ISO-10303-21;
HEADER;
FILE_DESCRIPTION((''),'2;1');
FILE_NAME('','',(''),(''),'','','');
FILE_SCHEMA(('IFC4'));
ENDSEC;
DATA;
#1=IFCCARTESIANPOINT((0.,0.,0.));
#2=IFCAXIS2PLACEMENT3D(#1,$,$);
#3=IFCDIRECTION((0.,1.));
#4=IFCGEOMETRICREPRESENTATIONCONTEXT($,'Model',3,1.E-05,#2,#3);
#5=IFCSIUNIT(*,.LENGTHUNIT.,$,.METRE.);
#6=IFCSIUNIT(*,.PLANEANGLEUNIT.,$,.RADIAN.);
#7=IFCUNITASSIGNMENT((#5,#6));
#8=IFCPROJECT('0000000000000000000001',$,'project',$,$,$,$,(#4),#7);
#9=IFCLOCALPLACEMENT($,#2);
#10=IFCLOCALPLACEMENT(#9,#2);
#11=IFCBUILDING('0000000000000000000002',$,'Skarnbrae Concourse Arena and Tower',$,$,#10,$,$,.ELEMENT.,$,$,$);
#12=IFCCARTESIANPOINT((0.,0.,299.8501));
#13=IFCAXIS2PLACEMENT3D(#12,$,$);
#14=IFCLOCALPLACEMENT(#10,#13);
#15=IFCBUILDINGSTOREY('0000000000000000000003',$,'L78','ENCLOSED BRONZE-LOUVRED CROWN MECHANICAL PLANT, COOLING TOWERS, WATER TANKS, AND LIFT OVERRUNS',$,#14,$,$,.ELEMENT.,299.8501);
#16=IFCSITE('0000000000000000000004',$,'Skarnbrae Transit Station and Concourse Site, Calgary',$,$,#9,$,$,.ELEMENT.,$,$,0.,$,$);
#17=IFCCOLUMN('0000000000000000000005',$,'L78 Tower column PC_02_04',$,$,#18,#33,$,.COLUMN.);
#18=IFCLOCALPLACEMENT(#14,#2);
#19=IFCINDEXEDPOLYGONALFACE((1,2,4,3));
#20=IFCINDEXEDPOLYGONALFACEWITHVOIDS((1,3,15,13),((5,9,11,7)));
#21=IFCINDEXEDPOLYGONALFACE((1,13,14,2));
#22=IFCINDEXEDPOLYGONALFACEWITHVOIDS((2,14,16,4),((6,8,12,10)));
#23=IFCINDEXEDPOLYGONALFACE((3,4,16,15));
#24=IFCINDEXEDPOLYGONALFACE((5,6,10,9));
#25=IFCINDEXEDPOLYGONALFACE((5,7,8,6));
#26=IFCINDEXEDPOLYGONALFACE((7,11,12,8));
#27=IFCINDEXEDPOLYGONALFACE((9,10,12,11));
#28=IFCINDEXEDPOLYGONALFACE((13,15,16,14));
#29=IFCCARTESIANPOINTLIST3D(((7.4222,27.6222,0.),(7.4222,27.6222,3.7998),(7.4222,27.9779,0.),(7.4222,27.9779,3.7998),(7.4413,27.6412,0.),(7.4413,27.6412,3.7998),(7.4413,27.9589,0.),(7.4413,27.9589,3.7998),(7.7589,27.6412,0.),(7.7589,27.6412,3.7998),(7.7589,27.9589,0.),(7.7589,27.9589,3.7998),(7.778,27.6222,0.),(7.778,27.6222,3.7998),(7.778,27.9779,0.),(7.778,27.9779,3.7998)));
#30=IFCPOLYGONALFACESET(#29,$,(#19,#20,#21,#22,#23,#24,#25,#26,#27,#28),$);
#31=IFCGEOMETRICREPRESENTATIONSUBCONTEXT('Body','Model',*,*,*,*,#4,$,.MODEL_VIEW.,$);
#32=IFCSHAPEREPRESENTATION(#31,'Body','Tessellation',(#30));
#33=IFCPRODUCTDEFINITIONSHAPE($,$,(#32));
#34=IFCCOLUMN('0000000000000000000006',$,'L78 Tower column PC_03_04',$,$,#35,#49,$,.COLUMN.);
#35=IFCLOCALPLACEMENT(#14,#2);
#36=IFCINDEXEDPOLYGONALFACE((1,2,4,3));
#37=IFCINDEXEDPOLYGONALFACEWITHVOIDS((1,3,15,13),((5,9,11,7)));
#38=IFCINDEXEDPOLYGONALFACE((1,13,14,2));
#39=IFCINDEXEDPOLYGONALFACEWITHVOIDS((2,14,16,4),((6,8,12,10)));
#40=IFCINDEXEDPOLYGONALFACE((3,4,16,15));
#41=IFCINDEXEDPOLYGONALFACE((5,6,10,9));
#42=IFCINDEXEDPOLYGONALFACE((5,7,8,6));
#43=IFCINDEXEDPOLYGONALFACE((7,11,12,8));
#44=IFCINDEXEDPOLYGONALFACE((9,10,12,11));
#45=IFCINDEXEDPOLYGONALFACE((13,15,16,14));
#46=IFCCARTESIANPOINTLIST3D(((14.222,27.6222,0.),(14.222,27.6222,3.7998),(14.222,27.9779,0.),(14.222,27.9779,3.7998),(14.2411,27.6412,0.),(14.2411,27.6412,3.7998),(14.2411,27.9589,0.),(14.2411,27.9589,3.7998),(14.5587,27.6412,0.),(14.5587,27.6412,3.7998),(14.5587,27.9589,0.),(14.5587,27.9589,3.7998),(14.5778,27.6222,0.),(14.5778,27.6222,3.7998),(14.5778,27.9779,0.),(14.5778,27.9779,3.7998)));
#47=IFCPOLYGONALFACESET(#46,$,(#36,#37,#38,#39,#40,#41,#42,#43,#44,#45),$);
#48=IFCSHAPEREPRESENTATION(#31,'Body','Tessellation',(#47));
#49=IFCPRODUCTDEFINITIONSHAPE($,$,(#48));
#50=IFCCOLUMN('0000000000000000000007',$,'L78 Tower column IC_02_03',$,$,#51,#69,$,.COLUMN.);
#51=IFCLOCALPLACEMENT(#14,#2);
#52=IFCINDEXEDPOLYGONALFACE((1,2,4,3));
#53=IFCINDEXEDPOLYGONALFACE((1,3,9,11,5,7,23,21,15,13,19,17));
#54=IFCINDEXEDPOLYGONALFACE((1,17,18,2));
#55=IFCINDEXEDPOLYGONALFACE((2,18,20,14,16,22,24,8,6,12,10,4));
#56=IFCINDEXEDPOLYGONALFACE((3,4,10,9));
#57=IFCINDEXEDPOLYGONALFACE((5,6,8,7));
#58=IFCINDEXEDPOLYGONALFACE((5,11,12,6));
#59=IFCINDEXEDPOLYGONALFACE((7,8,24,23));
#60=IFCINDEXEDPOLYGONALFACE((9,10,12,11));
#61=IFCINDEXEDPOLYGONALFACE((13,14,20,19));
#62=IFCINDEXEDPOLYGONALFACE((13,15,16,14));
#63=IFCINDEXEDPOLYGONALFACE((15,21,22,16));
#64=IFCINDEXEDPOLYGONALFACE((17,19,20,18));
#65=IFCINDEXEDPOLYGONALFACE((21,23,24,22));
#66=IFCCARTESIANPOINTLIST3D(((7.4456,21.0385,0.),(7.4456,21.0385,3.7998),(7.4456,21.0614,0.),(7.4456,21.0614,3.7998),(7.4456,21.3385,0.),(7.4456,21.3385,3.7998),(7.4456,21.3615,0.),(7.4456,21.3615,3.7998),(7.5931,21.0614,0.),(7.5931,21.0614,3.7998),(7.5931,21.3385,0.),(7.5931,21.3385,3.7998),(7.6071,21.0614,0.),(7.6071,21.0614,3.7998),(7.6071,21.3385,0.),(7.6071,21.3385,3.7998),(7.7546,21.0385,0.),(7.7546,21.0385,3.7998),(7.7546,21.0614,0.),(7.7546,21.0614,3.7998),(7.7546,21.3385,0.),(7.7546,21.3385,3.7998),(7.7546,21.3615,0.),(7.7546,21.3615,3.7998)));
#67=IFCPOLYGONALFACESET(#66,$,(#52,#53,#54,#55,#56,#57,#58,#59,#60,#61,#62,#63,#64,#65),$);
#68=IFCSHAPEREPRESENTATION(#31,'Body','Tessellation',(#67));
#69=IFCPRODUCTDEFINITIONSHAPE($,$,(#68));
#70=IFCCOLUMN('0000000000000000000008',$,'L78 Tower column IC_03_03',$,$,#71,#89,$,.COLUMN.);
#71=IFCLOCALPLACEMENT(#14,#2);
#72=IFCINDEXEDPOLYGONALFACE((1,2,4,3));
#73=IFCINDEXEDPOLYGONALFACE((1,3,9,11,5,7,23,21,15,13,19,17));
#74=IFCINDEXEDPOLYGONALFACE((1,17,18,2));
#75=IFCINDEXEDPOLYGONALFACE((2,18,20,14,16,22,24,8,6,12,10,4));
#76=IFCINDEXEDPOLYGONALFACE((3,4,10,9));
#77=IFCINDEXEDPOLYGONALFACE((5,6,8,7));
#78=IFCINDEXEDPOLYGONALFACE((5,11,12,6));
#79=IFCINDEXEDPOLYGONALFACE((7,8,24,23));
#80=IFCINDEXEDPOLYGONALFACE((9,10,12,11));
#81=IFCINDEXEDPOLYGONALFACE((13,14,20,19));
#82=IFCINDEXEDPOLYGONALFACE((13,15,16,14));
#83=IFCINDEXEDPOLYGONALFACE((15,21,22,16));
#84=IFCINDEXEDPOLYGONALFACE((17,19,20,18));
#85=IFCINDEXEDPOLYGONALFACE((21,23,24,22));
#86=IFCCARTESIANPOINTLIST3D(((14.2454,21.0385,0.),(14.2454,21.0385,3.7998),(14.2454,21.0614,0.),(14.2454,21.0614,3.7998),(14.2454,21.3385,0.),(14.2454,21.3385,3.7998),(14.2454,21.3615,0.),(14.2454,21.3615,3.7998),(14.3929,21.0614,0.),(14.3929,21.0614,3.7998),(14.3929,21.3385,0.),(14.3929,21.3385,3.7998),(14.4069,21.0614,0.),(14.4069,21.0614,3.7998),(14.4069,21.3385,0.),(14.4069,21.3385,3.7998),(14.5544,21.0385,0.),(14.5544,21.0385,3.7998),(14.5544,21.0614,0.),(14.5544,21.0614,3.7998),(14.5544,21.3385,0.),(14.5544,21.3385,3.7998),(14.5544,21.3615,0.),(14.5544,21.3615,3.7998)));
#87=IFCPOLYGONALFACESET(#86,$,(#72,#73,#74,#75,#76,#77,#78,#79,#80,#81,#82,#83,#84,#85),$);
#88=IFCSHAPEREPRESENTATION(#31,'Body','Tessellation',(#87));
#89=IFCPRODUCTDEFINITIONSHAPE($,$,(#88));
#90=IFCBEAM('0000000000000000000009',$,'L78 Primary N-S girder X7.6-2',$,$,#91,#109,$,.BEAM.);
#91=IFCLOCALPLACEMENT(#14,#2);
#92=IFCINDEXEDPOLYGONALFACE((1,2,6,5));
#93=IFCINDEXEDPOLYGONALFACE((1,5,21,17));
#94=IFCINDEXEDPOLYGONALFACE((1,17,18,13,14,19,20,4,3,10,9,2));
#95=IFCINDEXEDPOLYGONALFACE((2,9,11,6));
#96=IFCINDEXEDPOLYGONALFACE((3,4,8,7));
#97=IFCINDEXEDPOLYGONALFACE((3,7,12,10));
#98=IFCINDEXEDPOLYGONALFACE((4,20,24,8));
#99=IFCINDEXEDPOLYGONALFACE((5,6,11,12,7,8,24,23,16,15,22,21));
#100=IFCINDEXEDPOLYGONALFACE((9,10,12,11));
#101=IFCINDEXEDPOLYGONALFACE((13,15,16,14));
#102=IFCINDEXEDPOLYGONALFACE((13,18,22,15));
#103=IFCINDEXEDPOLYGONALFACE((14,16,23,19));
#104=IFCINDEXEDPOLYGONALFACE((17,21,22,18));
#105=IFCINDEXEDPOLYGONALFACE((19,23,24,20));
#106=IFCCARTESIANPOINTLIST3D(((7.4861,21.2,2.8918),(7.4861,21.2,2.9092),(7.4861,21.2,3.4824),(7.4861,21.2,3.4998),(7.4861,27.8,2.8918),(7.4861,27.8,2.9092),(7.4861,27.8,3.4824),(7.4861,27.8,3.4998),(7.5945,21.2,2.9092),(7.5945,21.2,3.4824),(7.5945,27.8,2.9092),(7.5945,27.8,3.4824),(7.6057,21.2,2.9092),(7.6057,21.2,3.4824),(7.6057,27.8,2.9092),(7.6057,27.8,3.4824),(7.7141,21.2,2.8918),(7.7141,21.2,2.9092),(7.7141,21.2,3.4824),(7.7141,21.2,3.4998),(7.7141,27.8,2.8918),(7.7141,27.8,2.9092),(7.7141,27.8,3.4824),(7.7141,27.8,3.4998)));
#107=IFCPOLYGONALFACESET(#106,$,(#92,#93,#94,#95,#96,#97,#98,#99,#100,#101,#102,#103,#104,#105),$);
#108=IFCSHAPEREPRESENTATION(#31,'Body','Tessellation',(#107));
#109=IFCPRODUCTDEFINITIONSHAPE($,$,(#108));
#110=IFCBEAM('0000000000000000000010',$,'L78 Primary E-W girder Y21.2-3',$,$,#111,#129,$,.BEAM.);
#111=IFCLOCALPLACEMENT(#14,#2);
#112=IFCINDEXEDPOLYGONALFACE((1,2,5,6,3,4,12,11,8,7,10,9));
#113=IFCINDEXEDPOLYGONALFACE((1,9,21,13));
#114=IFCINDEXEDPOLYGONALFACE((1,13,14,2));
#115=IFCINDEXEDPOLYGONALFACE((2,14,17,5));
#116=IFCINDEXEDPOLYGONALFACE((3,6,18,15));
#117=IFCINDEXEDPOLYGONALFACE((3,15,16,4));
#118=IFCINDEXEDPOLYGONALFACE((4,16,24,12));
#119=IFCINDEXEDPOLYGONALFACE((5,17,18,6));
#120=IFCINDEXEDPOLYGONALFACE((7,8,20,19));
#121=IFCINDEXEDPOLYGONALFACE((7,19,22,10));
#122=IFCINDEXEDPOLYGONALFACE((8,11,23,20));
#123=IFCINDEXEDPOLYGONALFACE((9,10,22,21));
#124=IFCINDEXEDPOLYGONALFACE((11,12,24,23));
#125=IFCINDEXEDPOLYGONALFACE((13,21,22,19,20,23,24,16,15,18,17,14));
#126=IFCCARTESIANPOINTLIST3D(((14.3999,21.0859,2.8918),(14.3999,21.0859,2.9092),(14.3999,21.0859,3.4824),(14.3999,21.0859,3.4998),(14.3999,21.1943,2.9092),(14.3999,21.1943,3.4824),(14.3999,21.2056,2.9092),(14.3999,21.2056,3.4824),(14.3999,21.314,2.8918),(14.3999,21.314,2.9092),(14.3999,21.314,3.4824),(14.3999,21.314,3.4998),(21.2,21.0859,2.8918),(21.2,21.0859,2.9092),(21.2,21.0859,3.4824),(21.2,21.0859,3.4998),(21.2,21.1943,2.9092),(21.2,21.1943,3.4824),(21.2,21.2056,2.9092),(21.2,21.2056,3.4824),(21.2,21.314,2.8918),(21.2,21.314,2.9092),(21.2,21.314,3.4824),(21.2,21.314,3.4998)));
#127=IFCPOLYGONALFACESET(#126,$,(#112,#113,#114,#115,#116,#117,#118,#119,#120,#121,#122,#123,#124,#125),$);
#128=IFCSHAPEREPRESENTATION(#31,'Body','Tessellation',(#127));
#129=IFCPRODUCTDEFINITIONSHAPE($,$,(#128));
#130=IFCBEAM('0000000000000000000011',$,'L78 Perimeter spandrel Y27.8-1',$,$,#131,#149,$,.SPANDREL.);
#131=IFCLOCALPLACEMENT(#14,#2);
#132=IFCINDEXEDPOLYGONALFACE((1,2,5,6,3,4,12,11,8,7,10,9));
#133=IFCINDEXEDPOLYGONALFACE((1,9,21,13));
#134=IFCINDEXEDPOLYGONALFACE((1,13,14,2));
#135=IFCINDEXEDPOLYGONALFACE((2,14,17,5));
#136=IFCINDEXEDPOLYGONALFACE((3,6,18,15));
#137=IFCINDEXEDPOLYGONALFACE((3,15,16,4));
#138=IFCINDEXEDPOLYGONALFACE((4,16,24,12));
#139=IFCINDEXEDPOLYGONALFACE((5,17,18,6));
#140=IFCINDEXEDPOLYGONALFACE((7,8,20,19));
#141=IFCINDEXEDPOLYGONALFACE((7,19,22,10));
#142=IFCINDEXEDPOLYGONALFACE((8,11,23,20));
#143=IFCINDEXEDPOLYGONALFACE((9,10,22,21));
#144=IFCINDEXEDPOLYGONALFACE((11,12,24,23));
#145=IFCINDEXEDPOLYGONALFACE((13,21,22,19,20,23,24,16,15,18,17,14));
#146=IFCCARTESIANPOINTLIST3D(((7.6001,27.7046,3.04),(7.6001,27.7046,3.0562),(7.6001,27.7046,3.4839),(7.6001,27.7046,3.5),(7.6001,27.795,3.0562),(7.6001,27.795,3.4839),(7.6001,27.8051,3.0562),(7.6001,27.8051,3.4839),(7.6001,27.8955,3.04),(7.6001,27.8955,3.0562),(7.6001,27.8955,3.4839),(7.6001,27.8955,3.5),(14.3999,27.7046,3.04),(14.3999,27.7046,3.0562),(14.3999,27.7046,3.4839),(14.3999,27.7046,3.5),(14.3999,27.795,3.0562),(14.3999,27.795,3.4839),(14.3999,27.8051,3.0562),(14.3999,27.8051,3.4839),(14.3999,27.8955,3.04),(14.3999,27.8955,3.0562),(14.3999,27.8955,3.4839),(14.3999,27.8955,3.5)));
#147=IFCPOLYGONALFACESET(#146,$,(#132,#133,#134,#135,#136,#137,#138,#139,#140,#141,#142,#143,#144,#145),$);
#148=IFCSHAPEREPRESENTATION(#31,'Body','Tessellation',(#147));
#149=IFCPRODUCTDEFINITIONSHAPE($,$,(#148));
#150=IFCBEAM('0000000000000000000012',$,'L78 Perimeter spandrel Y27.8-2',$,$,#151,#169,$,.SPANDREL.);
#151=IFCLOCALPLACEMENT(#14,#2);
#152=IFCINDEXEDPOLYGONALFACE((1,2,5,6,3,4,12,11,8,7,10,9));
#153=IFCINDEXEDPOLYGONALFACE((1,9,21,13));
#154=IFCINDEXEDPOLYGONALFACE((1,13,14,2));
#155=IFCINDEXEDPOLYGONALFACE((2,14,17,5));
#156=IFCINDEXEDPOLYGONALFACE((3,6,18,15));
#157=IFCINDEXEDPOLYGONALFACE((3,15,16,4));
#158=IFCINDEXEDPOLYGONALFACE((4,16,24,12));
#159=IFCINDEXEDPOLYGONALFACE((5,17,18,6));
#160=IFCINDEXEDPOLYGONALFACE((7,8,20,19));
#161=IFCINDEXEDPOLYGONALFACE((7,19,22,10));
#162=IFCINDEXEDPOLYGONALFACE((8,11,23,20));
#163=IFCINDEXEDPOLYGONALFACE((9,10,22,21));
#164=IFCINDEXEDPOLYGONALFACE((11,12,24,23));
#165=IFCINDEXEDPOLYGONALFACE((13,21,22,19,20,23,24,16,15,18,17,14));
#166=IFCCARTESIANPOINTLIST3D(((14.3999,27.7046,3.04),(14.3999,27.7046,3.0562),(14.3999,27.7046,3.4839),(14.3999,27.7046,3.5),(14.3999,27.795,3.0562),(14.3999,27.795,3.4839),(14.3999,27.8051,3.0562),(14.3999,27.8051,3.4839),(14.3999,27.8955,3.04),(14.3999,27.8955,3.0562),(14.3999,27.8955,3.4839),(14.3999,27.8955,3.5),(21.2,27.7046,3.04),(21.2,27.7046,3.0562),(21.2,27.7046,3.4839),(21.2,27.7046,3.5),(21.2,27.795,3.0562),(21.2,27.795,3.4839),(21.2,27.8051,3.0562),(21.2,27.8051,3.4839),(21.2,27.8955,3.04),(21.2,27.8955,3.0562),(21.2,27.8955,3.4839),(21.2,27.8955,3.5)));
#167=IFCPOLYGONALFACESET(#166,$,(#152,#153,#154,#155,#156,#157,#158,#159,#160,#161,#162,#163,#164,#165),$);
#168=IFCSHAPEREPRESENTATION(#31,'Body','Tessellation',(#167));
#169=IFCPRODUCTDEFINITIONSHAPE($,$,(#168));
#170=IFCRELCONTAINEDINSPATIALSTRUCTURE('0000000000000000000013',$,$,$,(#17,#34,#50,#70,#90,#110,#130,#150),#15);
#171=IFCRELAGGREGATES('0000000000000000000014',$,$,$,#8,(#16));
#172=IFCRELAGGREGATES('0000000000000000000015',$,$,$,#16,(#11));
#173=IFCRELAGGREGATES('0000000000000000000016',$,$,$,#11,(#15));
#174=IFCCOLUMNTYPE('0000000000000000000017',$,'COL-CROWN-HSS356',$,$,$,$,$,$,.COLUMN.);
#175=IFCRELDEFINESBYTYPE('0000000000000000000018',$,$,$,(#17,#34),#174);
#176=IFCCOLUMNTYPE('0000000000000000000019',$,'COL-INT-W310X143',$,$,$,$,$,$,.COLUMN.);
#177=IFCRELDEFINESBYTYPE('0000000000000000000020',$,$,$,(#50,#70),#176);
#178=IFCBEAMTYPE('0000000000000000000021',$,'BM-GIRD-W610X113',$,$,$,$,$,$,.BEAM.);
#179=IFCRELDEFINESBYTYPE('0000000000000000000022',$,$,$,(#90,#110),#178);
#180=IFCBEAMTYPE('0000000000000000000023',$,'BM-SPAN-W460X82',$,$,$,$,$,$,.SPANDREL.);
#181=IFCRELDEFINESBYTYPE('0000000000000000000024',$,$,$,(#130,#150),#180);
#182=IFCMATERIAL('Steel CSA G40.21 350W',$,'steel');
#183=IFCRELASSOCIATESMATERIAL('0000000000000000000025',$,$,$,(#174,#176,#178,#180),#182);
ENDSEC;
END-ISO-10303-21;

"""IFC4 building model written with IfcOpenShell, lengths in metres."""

from ifc_helpers import new_model, si_unit, direction, frame, origin, origin_2d, place, context, subcontext, project, spatial, hollow_rectangle, i_section, extrude, source, transform, mapped, material, material_profile, profile_set, type_object, element, save


model = new_model("IFC4")

# Units and contexts
model_context = context("Model", 3, precision=1e-05, world=origin(), true_north=direction((0.0, 1.0)))
body_context = subcontext(model_context, "Body", "Model", "MODEL_VIEW")
ifc_project = project(units=[si_unit("LENGTHUNIT", "METRE"), si_unit("PLANEANGLEUNIT", "RADIAN")], contexts=[model_context])

# Site, building, storey
site_placement = place(None, origin())
site = spatial("IfcSite", under=ifc_project, at=site_placement, Name="Skarnbrae Transit Station and Concourse Site, Calgary", CompositionType="ELEMENT", RefElevation=0.0)
building_placement = place(site_placement, origin())
building = spatial("IfcBuilding", under=site, at=building_placement, Name="Skarnbrae Concourse Arena and Tower", CompositionType="ELEMENT")
storey_placement = place(building_placement, frame((0.0, 0.0, 299.8501)))
storey = spatial("IfcBuildingStorey", under=building, at=storey_placement, Name="L78", Description="ENCLOSED BRONZE-LOUVRED CROWN MECHANICAL PLANT, COOLING TOWERS, WATER TANKS, AND LIFT OVERRUNS", CompositionType="ELEMENT", Elevation=299.8501)

# Columns
ifc_material_1 = material(Name="Steel CSA G40.21 350W", Category="steel")
ifc_material_profile_1 = material_profile(ifc_material_1, hollow_rectangle(XDim=0.3557, YDim=0.3557, WallThickness=0.019, at=origin_2d()), Name="HSS356X356X19.0")
ifc_profile_set_1 = profile_set([ifc_material_profile_1], Name="Steel CSA G40.21 350W")
column_type_1 = type_object("IfcColumnType", Name="COL-CROWN-HSS356", PredefinedType="COLUMN", material=ifc_profile_set_1)
shared_shape_1 = source(origin(), body_context, "Body", "SweptSolid", [
    extrude(hollow_rectangle(XDim=0.3557, YDim=0.3557, WallThickness=0.019, at=origin_2d()), origin(), (0.0, 0.0, 1.0), 3.7998),
])
for number, where, z_axis, x_axis, name in (
    (1, (7.6001, 27.8, 0.0), (0.0, 0.0, 1.0), (1.0, 0.0, 0.0), "L78 Tower column PC_02_04"),
    (2, (14.3999, 27.8, 0.0), (0.0, 0.0, 1.0), (1.0, 0.0, 0.0), "L78 Tower column PC_03_04"),
):
    element("IfcColumn", number, at=place(storey_placement, frame(where, z_axis=z_axis, x_axis=x_axis)), inside=storey, type_object=column_type_1, Name=name, PredefinedType="COLUMN", context=body_context, shape_type="MappedRepresentation", body=[
        mapped(shared_shape_1, transform((0.0, 0.0, 0.0))),
    ])
ifc_material_profile_2 = material_profile(ifc_material_1, i_section(OverallWidth=0.3091, OverallDepth=0.323, WebThickness=0.0139, FlangeThickness=0.0229, at=origin_2d()), Name="W310X143")
ifc_profile_set_2 = profile_set([ifc_material_profile_2], Name="Steel CSA G40.21 350W")
column_type_2 = type_object("IfcColumnType", Name="COL-INT-W310X143", PredefinedType="COLUMN", material=ifc_profile_set_2)
shared_shape_2 = source(origin(), body_context, "Body", "SweptSolid", [
    extrude(i_section(OverallWidth=0.3091, OverallDepth=0.323, WebThickness=0.0139, FlangeThickness=0.0229, at=origin_2d()), origin(), (0.0, 0.0, 1.0), 3.7998),
])
for number, where, z_axis, x_axis, name in (
    (3, (7.6001, 21.2, 0.0), (0.0, 0.0, 1.0), (1.0, 0.0, 0.0), "L78 Tower column IC_02_03"),
    (4, (14.3999, 21.2, 0.0), (0.0, 0.0, 1.0), (1.0, 0.0, 0.0), "L78 Tower column IC_03_03"),
):
    element("IfcColumn", number, at=place(storey_placement, frame(where, z_axis=z_axis, x_axis=x_axis)), inside=storey, type_object=column_type_2, Name=name, PredefinedType="COLUMN", context=body_context, shape_type="MappedRepresentation", body=[
        mapped(shared_shape_2, transform((0.0, 0.0, 0.0))),
    ])

# Beams
ifc_material_profile_3 = material_profile(ifc_material_1, i_section(OverallWidth=0.228, OverallDepth=0.6079, WebThickness=0.0112, FlangeThickness=0.0173, at=origin_2d()), Name="W610X113")
ifc_profile_set_3 = profile_set([ifc_material_profile_3], Name="Steel CSA G40.21 350W")
beam_type_1 = type_object("IfcBeamType", Name="BM-GIRD-W610X113", PredefinedType="BEAM", material=ifc_profile_set_3)
shared_shape_3 = source(origin(), body_context, "Body", "SweptSolid", [
    extrude(i_section(OverallWidth=0.228, OverallDepth=0.6079, WebThickness=0.0112, FlangeThickness=0.0173, at=origin_2d()), origin(), (0.0, 0.0, 1.0), 6.6001),
])
beam_1_placement = place(storey_placement, frame((7.6001, 21.2, 3.1958), z_axis=(0.0, 1.0, 0.0), x_axis=(-1.0, 0.0, 0.0)))
element("IfcBeam", 5, at=beam_1_placement, inside=storey, type_object=beam_type_1, Name="L78 Primary N-S girder X7.6-2", PredefinedType="BEAM", context=body_context, shape_type="MappedRepresentation", body=[
    mapped(shared_shape_3, transform((0.0, 0.0, 0.0))),
])
shared_shape_4 = source(origin(), body_context, "Body", "SweptSolid", [
    extrude(i_section(OverallWidth=0.228, OverallDepth=0.6079, WebThickness=0.0112, FlangeThickness=0.0173, at=origin_2d()), origin(), (0.0, 0.0, 1.0), 6.8),
])
beam_2_placement = place(storey_placement, frame((14.3999, 21.2, 3.1958), z_axis=(1.0, 0.0, 0.0), x_axis=(0.0, 1.0, 0.0)))
element("IfcBeam", 6, at=beam_2_placement, inside=storey, type_object=beam_type_1, Name="L78 Primary E-W girder Y21.2-3", PredefinedType="BEAM", context=body_context, shape_type="MappedRepresentation", body=[
    mapped(shared_shape_4, transform((0.0, 0.0, 0.0))),
])
ifc_material_profile_4 = material_profile(ifc_material_1, i_section(OverallWidth=0.1909, OverallDepth=0.46, WebThickness=0.01, FlangeThickness=0.0161, at=origin_2d()), Name="W460X82")
ifc_profile_set_4 = profile_set([ifc_material_profile_4], Name="Steel CSA G40.21 350W")
beam_type_2 = type_object("IfcBeamType", Name="BM-SPAN-W460X82", PredefinedType="SPANDREL", material=ifc_profile_set_4)
shared_shape_5 = source(origin(), body_context, "Body", "SweptSolid", [
    extrude(i_section(OverallWidth=0.1909, OverallDepth=0.46, WebThickness=0.01, FlangeThickness=0.0161, at=origin_2d()), origin(), (0.0, 0.0, 1.0), 6.7998),
])
beam_3_placement = place(storey_placement, frame((7.6001, 27.8, 3.27), z_axis=(1.0, 0.0, 0.0), x_axis=(0.0, 1.0, 0.0)))
element("IfcBeam", 7, at=beam_3_placement, inside=storey, type_object=beam_type_2, Name="L78 Perimeter spandrel Y27.8-1", PredefinedType="SPANDREL", context=body_context, shape_type="MappedRepresentation", body=[
    mapped(shared_shape_5, transform((0.0, 0.0, 0.0))),
])
shared_shape_6 = source(origin(), body_context, "Body", "SweptSolid", [
    extrude(i_section(OverallWidth=0.1909, OverallDepth=0.46, WebThickness=0.01, FlangeThickness=0.0161, at=origin_2d()), origin(), (0.0, 0.0, 1.0), 6.8),
])
beam_4_placement = place(storey_placement, frame((14.3999, 27.8, 3.27), z_axis=(1.0, 0.0, 0.0), x_axis=(0.0, 1.0, 0.0)))
element("IfcBeam", 8, at=beam_4_placement, inside=storey, type_object=beam_type_2, Name="L78 Perimeter spandrel Y27.8-2", PredefinedType="SPANDREL", context=body_context, shape_type="MappedRepresentation", body=[
    mapped(shared_shape_6, transform((0.0, 0.0, 0.0))),
])

save(model, "model.ifc")
